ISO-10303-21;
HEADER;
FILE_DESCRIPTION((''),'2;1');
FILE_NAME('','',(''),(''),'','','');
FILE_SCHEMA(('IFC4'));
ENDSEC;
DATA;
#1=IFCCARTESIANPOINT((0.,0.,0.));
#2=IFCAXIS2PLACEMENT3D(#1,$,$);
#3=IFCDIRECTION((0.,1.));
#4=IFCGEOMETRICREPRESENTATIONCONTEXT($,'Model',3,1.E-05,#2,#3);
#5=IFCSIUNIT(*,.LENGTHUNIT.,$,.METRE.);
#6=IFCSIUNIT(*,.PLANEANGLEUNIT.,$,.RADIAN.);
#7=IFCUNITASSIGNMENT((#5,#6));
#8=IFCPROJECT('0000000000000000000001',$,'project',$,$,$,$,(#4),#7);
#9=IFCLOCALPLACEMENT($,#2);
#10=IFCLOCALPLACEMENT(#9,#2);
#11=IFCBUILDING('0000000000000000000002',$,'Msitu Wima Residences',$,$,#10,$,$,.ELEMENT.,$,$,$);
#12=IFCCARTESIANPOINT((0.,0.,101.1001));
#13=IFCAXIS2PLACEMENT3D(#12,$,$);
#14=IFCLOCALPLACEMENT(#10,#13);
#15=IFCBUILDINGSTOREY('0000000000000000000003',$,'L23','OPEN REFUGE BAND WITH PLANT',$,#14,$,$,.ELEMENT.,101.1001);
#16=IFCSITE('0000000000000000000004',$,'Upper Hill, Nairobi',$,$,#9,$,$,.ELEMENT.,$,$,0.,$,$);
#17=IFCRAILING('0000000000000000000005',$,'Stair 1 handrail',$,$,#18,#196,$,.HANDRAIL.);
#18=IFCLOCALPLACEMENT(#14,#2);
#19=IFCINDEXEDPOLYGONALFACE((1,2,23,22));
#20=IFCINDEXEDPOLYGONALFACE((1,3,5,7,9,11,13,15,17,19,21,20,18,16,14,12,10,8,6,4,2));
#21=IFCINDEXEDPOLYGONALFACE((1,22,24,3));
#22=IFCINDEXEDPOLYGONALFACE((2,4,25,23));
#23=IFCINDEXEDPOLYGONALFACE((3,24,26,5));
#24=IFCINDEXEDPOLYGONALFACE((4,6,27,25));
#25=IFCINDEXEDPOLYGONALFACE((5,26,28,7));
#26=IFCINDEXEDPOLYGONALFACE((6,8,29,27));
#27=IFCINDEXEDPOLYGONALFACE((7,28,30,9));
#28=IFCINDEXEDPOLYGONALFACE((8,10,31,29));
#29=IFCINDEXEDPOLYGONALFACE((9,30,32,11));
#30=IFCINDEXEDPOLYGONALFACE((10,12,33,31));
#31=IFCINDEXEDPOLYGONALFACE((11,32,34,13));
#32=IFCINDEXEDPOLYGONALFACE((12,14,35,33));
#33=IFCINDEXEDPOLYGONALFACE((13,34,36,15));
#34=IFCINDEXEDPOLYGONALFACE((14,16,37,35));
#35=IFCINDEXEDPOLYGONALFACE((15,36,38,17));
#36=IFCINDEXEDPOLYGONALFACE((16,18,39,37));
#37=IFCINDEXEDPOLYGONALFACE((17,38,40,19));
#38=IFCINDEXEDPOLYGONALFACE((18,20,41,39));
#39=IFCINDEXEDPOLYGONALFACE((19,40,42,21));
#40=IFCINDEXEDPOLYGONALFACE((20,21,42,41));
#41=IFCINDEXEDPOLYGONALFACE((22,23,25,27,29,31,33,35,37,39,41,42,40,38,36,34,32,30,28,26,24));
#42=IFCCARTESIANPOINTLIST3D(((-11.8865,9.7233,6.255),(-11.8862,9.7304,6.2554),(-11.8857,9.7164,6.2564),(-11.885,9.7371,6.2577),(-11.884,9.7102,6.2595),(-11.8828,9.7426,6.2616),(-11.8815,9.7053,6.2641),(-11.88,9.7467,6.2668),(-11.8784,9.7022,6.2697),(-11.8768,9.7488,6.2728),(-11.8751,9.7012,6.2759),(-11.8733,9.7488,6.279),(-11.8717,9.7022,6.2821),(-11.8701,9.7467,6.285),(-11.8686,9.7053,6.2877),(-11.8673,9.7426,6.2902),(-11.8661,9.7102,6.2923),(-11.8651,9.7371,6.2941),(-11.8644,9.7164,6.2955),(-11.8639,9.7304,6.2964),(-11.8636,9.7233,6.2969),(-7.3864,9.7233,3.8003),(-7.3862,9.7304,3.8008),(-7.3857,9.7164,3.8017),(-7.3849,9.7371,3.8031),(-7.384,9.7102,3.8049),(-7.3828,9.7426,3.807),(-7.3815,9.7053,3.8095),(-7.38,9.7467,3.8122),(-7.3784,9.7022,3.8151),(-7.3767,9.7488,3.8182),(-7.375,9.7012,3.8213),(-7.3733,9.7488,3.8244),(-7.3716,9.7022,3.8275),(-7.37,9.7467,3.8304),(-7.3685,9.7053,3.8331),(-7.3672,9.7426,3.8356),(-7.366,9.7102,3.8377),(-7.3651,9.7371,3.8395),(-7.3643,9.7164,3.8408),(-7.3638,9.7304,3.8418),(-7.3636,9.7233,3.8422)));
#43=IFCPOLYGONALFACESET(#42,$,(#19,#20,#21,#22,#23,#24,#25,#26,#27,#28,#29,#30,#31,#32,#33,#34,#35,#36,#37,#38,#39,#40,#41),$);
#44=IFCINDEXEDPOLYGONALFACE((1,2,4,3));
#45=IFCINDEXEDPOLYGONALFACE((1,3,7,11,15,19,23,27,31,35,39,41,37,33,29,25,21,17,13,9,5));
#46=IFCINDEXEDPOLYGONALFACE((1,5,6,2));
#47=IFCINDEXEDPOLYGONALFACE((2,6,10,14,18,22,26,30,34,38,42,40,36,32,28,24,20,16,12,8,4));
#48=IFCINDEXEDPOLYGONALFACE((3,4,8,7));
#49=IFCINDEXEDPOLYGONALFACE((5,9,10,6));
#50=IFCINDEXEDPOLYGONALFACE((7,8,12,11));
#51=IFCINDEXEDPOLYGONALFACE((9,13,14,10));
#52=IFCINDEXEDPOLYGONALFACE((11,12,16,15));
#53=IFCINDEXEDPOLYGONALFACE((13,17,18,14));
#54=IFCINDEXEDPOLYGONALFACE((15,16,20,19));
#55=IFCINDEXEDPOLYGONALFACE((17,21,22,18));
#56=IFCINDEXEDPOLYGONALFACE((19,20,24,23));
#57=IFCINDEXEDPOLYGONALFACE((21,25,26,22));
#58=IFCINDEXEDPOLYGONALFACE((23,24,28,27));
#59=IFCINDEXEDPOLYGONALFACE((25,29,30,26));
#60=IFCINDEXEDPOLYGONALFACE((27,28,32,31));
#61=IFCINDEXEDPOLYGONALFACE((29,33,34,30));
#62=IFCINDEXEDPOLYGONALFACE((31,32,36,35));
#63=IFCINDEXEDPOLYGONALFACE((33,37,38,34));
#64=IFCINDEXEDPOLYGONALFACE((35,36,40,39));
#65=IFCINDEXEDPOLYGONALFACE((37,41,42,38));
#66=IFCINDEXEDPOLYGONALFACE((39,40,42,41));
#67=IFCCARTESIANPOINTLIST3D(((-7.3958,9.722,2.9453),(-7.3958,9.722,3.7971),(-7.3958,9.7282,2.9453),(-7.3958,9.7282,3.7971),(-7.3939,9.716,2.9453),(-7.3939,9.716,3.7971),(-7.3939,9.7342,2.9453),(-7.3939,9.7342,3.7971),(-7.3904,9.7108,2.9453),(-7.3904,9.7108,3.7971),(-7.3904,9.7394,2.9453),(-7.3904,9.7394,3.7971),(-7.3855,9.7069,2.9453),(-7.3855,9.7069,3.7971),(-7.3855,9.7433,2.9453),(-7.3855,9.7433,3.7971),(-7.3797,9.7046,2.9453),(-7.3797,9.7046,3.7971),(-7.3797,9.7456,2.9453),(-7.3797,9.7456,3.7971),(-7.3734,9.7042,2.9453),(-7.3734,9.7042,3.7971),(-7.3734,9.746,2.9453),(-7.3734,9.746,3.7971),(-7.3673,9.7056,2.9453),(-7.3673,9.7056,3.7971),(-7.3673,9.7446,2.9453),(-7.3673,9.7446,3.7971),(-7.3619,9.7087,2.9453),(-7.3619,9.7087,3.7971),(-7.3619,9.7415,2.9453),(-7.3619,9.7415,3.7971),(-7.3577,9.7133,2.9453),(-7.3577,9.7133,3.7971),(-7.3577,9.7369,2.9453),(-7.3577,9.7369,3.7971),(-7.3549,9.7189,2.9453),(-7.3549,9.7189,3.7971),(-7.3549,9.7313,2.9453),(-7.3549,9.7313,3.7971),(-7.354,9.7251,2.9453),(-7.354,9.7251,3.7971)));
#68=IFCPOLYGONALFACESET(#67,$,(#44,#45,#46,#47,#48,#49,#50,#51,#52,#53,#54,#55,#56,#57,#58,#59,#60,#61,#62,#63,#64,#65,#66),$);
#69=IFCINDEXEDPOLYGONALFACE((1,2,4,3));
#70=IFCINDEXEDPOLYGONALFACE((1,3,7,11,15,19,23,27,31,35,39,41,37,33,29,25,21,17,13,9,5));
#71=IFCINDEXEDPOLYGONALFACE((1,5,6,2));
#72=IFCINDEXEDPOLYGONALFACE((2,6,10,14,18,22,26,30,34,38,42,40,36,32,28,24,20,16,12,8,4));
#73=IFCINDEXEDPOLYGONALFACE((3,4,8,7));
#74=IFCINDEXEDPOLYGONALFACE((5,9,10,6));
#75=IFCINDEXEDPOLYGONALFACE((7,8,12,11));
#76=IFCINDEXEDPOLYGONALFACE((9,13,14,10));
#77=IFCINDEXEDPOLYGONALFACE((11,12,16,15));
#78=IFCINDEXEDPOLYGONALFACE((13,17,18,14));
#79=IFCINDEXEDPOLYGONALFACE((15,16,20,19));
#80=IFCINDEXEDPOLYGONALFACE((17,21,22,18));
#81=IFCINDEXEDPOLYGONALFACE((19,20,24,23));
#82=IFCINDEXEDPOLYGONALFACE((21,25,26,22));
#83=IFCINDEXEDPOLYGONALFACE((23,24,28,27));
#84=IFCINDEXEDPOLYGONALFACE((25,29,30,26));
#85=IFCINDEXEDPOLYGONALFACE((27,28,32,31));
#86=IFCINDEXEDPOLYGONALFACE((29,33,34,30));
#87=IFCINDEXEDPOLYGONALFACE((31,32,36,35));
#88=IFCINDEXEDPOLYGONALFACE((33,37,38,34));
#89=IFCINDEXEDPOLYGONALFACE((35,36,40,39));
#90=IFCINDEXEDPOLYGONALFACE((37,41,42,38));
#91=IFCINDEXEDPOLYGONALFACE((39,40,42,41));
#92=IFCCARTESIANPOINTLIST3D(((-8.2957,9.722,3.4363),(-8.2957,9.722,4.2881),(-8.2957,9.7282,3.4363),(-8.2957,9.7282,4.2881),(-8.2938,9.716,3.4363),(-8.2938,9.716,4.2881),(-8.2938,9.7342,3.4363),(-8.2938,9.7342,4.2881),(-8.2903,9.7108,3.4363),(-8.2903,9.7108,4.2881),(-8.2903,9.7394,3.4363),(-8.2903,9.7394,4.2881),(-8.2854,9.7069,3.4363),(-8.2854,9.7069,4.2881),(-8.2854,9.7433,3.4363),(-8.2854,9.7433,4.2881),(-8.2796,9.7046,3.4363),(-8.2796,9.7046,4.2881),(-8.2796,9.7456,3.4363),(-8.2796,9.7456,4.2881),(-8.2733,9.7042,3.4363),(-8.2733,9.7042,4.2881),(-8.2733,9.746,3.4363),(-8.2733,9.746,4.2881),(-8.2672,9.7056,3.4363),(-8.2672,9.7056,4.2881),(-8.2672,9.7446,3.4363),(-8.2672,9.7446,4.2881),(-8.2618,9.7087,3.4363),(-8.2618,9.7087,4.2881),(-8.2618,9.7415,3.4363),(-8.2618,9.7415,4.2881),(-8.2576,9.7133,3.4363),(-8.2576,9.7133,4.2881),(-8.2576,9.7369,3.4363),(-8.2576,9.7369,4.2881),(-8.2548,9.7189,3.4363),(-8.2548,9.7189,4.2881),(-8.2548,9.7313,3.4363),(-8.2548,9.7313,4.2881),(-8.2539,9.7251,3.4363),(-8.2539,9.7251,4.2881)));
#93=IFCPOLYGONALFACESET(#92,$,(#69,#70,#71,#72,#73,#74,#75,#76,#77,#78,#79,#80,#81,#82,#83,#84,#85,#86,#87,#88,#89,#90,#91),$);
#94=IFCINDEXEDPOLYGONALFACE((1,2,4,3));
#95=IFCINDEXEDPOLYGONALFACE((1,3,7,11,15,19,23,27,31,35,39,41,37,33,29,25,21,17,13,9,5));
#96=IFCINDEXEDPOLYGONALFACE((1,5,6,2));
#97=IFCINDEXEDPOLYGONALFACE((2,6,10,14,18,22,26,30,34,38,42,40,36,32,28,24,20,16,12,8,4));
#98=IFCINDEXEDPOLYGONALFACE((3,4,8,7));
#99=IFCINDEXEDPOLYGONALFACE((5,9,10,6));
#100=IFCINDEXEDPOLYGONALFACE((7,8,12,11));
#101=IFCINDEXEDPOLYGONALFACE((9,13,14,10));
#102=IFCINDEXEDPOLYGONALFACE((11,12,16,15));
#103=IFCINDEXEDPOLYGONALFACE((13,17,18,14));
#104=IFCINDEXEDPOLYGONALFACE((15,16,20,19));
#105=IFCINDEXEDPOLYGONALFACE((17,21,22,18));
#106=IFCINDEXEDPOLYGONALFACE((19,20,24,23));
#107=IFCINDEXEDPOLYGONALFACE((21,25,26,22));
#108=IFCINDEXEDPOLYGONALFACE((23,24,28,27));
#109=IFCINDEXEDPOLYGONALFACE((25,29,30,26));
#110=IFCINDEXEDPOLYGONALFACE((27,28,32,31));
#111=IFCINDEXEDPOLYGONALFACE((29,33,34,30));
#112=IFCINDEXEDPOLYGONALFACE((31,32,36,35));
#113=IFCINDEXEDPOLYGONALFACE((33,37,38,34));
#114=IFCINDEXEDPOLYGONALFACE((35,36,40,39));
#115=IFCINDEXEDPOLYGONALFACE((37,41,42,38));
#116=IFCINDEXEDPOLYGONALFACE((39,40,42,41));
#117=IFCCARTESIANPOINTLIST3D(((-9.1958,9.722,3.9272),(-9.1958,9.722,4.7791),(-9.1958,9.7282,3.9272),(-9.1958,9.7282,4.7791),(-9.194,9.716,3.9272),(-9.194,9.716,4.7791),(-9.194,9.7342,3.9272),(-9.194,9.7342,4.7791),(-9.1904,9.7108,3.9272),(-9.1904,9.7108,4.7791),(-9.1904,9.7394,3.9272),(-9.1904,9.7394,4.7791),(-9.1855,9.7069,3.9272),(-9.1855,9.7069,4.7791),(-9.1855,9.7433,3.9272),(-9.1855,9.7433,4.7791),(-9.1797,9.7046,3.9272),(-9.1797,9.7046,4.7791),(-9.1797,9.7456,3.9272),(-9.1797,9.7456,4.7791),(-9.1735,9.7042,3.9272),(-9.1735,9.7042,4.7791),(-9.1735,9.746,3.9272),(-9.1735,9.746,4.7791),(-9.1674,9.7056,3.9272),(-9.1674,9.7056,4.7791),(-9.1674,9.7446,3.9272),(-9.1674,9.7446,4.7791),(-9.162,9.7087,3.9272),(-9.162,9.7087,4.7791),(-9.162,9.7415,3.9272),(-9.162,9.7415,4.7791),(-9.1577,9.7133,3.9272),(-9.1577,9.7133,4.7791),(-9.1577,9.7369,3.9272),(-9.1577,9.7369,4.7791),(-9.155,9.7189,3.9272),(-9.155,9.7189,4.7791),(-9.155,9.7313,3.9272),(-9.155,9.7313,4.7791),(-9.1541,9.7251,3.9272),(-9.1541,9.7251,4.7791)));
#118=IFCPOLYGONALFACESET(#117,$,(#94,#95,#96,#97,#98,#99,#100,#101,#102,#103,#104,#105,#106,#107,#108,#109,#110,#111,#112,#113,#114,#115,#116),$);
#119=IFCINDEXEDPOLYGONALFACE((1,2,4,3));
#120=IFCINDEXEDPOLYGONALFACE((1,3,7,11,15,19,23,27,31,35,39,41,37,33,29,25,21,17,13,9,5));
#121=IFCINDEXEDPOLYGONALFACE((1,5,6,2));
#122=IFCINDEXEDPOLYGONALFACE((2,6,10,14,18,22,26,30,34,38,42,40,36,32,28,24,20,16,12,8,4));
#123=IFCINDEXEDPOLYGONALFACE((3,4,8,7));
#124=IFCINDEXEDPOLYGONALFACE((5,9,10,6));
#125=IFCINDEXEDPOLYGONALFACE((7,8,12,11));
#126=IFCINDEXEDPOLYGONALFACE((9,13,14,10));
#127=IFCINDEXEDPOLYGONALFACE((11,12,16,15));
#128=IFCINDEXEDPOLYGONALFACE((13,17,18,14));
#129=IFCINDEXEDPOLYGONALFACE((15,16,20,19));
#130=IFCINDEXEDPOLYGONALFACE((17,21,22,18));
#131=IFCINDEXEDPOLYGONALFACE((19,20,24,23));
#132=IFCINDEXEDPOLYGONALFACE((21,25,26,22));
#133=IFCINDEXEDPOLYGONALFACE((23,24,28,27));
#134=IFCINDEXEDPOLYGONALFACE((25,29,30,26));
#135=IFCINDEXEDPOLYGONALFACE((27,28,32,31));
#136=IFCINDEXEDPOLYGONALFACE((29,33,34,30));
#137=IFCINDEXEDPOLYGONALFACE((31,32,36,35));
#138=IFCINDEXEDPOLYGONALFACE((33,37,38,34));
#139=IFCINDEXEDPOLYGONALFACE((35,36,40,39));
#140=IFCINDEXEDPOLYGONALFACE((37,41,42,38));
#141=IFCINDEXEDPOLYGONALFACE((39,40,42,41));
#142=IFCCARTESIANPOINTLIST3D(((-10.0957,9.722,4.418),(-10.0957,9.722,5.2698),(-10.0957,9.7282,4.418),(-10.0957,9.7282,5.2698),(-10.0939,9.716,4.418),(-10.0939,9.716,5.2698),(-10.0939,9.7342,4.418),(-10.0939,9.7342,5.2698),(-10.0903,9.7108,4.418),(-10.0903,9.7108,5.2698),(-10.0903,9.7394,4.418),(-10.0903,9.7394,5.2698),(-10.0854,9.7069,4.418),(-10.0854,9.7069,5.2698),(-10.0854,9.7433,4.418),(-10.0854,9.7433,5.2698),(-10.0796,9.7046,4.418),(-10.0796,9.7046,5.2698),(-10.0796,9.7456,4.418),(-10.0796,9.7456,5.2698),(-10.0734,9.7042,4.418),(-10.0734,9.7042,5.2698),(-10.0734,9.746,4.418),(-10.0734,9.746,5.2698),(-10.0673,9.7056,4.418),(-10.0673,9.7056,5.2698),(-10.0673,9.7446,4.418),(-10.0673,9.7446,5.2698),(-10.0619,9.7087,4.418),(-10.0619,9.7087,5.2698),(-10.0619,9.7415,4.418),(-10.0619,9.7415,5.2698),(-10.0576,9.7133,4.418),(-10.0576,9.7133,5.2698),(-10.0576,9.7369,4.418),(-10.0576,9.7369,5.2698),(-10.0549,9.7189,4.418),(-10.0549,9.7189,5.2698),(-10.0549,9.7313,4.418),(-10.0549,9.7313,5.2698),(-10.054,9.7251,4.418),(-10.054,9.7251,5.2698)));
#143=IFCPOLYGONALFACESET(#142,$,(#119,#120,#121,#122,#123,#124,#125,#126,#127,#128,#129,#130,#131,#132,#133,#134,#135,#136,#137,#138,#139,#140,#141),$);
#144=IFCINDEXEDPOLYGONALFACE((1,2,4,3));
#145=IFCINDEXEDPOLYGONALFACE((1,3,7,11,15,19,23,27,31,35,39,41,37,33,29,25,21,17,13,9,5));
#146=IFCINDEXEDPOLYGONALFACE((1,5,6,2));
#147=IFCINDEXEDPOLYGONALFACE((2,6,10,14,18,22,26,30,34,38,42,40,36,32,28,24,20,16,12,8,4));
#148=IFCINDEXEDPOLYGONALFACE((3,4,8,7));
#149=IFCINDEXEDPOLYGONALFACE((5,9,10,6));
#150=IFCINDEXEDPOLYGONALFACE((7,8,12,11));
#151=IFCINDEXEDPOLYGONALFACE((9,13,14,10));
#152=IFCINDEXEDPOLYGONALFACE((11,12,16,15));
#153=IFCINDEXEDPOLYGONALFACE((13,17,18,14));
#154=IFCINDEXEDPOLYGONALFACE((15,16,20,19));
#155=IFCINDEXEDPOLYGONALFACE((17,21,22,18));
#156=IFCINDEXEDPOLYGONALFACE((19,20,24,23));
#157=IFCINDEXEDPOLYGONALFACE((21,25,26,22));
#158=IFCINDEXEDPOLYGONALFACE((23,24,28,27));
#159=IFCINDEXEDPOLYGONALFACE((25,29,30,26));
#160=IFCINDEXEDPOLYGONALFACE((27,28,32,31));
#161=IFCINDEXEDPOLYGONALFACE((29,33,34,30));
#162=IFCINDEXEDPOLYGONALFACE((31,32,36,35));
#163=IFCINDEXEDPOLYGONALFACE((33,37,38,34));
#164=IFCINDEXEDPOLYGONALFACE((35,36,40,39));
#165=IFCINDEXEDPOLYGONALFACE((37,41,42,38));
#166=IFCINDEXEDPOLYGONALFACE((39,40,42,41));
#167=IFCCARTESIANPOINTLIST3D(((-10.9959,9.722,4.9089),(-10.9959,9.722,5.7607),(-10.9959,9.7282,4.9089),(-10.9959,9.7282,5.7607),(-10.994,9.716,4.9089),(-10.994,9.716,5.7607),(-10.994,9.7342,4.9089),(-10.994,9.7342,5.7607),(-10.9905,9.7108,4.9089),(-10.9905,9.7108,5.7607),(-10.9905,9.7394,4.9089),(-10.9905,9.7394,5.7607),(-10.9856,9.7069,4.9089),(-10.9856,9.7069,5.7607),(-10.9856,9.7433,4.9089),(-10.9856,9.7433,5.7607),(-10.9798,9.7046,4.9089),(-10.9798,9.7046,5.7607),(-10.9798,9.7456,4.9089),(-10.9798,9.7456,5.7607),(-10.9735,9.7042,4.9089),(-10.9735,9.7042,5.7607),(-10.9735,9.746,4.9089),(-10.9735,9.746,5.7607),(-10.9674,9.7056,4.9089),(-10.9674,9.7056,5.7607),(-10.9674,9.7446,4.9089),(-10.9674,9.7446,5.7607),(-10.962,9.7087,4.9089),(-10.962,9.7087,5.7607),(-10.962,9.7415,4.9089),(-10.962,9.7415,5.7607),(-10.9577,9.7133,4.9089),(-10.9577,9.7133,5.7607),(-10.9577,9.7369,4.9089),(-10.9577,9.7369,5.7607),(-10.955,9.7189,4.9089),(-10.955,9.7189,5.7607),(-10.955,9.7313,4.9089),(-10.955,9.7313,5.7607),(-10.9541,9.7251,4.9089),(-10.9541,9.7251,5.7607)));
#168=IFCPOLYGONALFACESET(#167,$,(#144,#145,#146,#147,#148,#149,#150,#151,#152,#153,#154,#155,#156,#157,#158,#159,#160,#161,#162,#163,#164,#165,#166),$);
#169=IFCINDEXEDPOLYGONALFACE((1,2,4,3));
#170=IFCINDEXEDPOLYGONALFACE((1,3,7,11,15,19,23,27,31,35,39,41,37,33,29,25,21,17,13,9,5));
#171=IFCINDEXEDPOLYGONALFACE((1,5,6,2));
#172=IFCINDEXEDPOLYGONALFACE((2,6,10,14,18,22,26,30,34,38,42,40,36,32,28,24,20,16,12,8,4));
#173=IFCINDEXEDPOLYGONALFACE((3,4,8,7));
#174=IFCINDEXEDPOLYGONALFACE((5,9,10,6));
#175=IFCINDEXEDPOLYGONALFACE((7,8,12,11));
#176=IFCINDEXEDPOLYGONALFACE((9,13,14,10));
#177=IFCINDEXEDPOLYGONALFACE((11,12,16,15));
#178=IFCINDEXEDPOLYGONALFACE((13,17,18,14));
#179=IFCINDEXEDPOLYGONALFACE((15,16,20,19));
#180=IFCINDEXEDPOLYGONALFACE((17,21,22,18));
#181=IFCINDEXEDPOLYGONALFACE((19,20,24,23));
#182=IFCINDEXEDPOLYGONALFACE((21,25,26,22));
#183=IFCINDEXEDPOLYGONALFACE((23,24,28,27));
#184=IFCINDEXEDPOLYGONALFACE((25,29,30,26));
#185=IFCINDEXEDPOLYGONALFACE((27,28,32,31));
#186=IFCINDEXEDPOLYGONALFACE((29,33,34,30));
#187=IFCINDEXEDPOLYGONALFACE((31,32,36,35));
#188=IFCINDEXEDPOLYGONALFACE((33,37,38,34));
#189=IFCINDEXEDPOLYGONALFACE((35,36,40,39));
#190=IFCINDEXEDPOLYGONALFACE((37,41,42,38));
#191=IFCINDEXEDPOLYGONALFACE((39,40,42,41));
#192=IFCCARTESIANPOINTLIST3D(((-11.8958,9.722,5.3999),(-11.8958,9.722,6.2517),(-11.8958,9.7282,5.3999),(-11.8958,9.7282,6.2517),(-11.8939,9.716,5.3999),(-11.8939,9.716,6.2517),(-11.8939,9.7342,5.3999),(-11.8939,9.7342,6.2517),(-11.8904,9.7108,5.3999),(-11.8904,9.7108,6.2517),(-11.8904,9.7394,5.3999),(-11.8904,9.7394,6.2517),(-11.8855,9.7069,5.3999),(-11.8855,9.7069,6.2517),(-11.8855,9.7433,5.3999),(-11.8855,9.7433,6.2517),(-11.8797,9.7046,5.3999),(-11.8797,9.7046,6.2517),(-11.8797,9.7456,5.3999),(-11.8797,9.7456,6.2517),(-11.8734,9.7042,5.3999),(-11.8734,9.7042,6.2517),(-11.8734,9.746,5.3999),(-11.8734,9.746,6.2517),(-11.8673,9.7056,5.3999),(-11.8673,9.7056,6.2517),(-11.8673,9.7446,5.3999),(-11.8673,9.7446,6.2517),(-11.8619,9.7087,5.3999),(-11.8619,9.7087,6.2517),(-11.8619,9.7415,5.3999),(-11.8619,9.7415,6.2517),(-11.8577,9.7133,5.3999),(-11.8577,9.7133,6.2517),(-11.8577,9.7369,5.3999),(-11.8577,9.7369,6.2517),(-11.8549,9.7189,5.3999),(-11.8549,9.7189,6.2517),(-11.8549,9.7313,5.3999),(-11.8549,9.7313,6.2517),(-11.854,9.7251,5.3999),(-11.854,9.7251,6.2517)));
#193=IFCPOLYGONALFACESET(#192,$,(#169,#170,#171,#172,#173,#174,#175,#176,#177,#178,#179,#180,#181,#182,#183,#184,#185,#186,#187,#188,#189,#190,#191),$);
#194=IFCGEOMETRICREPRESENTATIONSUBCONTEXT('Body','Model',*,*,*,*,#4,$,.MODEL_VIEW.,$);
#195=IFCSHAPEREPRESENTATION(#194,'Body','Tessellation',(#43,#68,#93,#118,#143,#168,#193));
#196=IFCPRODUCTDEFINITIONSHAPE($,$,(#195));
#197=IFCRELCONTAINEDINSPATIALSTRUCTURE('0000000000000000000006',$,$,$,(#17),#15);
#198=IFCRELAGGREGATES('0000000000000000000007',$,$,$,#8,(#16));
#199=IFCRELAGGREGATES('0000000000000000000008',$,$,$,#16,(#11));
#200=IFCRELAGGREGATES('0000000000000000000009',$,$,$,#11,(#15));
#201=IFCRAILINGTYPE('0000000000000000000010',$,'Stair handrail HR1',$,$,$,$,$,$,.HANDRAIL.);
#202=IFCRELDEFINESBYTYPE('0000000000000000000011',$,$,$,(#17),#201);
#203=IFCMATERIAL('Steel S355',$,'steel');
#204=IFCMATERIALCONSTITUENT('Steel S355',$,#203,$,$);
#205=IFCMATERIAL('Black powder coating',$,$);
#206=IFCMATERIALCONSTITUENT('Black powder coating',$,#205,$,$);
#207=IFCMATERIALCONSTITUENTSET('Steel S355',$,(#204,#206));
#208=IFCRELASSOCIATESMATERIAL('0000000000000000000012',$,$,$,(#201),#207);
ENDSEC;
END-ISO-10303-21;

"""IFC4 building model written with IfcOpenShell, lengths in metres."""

from ifc_helpers import new_model, si_unit, direction, frame, origin, origin_2d, place, context, subcontext, project, spatial, circle, extrude, material, constituent, constituent_set, type_object, element, save


model = new_model("IFC4")

# Units and contexts
model_context = context("Model", 3, precision=1e-05, world=origin(), true_north=direction((0.0, 1.0)))
body_context = subcontext(model_context, "Body", "Model", "MODEL_VIEW")
ifc_project = project(units=[si_unit("LENGTHUNIT", "METRE"), si_unit("PLANEANGLEUNIT", "RADIAN")], contexts=[model_context])

# Site, building, storey
site_placement = place(None, origin())
site = spatial("IfcSite", under=ifc_project, at=site_placement, Name="Upper Hill, Nairobi", CompositionType="ELEMENT", RefElevation=0.0)
building_placement = place(site_placement, origin())
building = spatial("IfcBuilding", under=site, at=building_placement, Name="Msitu Wima Residences", CompositionType="ELEMENT")
storey_placement = place(building_placement, frame((0.0, 0.0, 101.1001)))
storey = spatial("IfcBuildingStorey", under=building, at=storey_placement, Name="L23", Description="OPEN REFUGE BAND WITH PLANT", CompositionType="ELEMENT", Elevation=101.1001)

# Railing
ifc_material_1 = material(Name="Steel S355", Category="steel")
ifc_constituent_1 = constituent(ifc_material_1, Name="Steel S355")
ifc_material_2 = material(Name="Black powder coating")
ifc_constituent_2 = constituent(ifc_material_2, Name="Black powder coating")
ifc_constituent_set = constituent_set(constituents=[ifc_constituent_1, ifc_constituent_2], Name="Steel S355")
railing_type = type_object("IfcRailingType", Name="Stair handrail HR1", PredefinedType="HANDRAIL", material=ifc_constituent_set)
for number, where, name in (
    (1, (-7.375, 9.7251, 2.9453), "Stair 1 handrail"),
):
    element("IfcRailing", number, at=place(storey_placement, frame(where)), inside=storey, type_object=railing_type, Name=name, PredefinedType="HANDRAIL", context=body_context, shape_type="SweptSolid", body=[
        extrude(circle(Radius=0.0239, at=origin_2d()), frame((0.0, 0.0, 0.876), z_axis=(-0.877892, 0.0, 0.478859), x_axis=(0.0, -1.0, 0.0)), (0.0, 0.0, 1.0), 5.126),
        extrude(circle(Radius=0.021, at=origin_2d()), origin(), (0.0, 0.0, 1.0), 0.8518),
        extrude(circle(Radius=0.021, at=origin_2d()), frame((-0.8999, 0.0, 0.491)), (0.0, 0.0, 1.0), 0.8518),
        extrude(circle(Radius=0.021, at=origin_2d()), frame((-1.8, 0.0, 0.9819)), (0.0, 0.0, 1.0), 0.8518),
        extrude(circle(Radius=0.021, at=origin_2d()), frame((-2.7, 0.0, 1.4727)), (0.0, 0.0, 1.0), 0.8518),
        extrude(circle(Radius=0.021, at=origin_2d()), frame((-3.6001, 0.0, 1.9636)), (0.0, 0.0, 1.0), 0.8518),
        extrude(circle(Radius=0.021, at=origin_2d()), frame((-4.5, 0.0, 2.4546)), (0.0, 0.0, 1.0), 0.8518),
    ])

save(model, "model.ifc")
